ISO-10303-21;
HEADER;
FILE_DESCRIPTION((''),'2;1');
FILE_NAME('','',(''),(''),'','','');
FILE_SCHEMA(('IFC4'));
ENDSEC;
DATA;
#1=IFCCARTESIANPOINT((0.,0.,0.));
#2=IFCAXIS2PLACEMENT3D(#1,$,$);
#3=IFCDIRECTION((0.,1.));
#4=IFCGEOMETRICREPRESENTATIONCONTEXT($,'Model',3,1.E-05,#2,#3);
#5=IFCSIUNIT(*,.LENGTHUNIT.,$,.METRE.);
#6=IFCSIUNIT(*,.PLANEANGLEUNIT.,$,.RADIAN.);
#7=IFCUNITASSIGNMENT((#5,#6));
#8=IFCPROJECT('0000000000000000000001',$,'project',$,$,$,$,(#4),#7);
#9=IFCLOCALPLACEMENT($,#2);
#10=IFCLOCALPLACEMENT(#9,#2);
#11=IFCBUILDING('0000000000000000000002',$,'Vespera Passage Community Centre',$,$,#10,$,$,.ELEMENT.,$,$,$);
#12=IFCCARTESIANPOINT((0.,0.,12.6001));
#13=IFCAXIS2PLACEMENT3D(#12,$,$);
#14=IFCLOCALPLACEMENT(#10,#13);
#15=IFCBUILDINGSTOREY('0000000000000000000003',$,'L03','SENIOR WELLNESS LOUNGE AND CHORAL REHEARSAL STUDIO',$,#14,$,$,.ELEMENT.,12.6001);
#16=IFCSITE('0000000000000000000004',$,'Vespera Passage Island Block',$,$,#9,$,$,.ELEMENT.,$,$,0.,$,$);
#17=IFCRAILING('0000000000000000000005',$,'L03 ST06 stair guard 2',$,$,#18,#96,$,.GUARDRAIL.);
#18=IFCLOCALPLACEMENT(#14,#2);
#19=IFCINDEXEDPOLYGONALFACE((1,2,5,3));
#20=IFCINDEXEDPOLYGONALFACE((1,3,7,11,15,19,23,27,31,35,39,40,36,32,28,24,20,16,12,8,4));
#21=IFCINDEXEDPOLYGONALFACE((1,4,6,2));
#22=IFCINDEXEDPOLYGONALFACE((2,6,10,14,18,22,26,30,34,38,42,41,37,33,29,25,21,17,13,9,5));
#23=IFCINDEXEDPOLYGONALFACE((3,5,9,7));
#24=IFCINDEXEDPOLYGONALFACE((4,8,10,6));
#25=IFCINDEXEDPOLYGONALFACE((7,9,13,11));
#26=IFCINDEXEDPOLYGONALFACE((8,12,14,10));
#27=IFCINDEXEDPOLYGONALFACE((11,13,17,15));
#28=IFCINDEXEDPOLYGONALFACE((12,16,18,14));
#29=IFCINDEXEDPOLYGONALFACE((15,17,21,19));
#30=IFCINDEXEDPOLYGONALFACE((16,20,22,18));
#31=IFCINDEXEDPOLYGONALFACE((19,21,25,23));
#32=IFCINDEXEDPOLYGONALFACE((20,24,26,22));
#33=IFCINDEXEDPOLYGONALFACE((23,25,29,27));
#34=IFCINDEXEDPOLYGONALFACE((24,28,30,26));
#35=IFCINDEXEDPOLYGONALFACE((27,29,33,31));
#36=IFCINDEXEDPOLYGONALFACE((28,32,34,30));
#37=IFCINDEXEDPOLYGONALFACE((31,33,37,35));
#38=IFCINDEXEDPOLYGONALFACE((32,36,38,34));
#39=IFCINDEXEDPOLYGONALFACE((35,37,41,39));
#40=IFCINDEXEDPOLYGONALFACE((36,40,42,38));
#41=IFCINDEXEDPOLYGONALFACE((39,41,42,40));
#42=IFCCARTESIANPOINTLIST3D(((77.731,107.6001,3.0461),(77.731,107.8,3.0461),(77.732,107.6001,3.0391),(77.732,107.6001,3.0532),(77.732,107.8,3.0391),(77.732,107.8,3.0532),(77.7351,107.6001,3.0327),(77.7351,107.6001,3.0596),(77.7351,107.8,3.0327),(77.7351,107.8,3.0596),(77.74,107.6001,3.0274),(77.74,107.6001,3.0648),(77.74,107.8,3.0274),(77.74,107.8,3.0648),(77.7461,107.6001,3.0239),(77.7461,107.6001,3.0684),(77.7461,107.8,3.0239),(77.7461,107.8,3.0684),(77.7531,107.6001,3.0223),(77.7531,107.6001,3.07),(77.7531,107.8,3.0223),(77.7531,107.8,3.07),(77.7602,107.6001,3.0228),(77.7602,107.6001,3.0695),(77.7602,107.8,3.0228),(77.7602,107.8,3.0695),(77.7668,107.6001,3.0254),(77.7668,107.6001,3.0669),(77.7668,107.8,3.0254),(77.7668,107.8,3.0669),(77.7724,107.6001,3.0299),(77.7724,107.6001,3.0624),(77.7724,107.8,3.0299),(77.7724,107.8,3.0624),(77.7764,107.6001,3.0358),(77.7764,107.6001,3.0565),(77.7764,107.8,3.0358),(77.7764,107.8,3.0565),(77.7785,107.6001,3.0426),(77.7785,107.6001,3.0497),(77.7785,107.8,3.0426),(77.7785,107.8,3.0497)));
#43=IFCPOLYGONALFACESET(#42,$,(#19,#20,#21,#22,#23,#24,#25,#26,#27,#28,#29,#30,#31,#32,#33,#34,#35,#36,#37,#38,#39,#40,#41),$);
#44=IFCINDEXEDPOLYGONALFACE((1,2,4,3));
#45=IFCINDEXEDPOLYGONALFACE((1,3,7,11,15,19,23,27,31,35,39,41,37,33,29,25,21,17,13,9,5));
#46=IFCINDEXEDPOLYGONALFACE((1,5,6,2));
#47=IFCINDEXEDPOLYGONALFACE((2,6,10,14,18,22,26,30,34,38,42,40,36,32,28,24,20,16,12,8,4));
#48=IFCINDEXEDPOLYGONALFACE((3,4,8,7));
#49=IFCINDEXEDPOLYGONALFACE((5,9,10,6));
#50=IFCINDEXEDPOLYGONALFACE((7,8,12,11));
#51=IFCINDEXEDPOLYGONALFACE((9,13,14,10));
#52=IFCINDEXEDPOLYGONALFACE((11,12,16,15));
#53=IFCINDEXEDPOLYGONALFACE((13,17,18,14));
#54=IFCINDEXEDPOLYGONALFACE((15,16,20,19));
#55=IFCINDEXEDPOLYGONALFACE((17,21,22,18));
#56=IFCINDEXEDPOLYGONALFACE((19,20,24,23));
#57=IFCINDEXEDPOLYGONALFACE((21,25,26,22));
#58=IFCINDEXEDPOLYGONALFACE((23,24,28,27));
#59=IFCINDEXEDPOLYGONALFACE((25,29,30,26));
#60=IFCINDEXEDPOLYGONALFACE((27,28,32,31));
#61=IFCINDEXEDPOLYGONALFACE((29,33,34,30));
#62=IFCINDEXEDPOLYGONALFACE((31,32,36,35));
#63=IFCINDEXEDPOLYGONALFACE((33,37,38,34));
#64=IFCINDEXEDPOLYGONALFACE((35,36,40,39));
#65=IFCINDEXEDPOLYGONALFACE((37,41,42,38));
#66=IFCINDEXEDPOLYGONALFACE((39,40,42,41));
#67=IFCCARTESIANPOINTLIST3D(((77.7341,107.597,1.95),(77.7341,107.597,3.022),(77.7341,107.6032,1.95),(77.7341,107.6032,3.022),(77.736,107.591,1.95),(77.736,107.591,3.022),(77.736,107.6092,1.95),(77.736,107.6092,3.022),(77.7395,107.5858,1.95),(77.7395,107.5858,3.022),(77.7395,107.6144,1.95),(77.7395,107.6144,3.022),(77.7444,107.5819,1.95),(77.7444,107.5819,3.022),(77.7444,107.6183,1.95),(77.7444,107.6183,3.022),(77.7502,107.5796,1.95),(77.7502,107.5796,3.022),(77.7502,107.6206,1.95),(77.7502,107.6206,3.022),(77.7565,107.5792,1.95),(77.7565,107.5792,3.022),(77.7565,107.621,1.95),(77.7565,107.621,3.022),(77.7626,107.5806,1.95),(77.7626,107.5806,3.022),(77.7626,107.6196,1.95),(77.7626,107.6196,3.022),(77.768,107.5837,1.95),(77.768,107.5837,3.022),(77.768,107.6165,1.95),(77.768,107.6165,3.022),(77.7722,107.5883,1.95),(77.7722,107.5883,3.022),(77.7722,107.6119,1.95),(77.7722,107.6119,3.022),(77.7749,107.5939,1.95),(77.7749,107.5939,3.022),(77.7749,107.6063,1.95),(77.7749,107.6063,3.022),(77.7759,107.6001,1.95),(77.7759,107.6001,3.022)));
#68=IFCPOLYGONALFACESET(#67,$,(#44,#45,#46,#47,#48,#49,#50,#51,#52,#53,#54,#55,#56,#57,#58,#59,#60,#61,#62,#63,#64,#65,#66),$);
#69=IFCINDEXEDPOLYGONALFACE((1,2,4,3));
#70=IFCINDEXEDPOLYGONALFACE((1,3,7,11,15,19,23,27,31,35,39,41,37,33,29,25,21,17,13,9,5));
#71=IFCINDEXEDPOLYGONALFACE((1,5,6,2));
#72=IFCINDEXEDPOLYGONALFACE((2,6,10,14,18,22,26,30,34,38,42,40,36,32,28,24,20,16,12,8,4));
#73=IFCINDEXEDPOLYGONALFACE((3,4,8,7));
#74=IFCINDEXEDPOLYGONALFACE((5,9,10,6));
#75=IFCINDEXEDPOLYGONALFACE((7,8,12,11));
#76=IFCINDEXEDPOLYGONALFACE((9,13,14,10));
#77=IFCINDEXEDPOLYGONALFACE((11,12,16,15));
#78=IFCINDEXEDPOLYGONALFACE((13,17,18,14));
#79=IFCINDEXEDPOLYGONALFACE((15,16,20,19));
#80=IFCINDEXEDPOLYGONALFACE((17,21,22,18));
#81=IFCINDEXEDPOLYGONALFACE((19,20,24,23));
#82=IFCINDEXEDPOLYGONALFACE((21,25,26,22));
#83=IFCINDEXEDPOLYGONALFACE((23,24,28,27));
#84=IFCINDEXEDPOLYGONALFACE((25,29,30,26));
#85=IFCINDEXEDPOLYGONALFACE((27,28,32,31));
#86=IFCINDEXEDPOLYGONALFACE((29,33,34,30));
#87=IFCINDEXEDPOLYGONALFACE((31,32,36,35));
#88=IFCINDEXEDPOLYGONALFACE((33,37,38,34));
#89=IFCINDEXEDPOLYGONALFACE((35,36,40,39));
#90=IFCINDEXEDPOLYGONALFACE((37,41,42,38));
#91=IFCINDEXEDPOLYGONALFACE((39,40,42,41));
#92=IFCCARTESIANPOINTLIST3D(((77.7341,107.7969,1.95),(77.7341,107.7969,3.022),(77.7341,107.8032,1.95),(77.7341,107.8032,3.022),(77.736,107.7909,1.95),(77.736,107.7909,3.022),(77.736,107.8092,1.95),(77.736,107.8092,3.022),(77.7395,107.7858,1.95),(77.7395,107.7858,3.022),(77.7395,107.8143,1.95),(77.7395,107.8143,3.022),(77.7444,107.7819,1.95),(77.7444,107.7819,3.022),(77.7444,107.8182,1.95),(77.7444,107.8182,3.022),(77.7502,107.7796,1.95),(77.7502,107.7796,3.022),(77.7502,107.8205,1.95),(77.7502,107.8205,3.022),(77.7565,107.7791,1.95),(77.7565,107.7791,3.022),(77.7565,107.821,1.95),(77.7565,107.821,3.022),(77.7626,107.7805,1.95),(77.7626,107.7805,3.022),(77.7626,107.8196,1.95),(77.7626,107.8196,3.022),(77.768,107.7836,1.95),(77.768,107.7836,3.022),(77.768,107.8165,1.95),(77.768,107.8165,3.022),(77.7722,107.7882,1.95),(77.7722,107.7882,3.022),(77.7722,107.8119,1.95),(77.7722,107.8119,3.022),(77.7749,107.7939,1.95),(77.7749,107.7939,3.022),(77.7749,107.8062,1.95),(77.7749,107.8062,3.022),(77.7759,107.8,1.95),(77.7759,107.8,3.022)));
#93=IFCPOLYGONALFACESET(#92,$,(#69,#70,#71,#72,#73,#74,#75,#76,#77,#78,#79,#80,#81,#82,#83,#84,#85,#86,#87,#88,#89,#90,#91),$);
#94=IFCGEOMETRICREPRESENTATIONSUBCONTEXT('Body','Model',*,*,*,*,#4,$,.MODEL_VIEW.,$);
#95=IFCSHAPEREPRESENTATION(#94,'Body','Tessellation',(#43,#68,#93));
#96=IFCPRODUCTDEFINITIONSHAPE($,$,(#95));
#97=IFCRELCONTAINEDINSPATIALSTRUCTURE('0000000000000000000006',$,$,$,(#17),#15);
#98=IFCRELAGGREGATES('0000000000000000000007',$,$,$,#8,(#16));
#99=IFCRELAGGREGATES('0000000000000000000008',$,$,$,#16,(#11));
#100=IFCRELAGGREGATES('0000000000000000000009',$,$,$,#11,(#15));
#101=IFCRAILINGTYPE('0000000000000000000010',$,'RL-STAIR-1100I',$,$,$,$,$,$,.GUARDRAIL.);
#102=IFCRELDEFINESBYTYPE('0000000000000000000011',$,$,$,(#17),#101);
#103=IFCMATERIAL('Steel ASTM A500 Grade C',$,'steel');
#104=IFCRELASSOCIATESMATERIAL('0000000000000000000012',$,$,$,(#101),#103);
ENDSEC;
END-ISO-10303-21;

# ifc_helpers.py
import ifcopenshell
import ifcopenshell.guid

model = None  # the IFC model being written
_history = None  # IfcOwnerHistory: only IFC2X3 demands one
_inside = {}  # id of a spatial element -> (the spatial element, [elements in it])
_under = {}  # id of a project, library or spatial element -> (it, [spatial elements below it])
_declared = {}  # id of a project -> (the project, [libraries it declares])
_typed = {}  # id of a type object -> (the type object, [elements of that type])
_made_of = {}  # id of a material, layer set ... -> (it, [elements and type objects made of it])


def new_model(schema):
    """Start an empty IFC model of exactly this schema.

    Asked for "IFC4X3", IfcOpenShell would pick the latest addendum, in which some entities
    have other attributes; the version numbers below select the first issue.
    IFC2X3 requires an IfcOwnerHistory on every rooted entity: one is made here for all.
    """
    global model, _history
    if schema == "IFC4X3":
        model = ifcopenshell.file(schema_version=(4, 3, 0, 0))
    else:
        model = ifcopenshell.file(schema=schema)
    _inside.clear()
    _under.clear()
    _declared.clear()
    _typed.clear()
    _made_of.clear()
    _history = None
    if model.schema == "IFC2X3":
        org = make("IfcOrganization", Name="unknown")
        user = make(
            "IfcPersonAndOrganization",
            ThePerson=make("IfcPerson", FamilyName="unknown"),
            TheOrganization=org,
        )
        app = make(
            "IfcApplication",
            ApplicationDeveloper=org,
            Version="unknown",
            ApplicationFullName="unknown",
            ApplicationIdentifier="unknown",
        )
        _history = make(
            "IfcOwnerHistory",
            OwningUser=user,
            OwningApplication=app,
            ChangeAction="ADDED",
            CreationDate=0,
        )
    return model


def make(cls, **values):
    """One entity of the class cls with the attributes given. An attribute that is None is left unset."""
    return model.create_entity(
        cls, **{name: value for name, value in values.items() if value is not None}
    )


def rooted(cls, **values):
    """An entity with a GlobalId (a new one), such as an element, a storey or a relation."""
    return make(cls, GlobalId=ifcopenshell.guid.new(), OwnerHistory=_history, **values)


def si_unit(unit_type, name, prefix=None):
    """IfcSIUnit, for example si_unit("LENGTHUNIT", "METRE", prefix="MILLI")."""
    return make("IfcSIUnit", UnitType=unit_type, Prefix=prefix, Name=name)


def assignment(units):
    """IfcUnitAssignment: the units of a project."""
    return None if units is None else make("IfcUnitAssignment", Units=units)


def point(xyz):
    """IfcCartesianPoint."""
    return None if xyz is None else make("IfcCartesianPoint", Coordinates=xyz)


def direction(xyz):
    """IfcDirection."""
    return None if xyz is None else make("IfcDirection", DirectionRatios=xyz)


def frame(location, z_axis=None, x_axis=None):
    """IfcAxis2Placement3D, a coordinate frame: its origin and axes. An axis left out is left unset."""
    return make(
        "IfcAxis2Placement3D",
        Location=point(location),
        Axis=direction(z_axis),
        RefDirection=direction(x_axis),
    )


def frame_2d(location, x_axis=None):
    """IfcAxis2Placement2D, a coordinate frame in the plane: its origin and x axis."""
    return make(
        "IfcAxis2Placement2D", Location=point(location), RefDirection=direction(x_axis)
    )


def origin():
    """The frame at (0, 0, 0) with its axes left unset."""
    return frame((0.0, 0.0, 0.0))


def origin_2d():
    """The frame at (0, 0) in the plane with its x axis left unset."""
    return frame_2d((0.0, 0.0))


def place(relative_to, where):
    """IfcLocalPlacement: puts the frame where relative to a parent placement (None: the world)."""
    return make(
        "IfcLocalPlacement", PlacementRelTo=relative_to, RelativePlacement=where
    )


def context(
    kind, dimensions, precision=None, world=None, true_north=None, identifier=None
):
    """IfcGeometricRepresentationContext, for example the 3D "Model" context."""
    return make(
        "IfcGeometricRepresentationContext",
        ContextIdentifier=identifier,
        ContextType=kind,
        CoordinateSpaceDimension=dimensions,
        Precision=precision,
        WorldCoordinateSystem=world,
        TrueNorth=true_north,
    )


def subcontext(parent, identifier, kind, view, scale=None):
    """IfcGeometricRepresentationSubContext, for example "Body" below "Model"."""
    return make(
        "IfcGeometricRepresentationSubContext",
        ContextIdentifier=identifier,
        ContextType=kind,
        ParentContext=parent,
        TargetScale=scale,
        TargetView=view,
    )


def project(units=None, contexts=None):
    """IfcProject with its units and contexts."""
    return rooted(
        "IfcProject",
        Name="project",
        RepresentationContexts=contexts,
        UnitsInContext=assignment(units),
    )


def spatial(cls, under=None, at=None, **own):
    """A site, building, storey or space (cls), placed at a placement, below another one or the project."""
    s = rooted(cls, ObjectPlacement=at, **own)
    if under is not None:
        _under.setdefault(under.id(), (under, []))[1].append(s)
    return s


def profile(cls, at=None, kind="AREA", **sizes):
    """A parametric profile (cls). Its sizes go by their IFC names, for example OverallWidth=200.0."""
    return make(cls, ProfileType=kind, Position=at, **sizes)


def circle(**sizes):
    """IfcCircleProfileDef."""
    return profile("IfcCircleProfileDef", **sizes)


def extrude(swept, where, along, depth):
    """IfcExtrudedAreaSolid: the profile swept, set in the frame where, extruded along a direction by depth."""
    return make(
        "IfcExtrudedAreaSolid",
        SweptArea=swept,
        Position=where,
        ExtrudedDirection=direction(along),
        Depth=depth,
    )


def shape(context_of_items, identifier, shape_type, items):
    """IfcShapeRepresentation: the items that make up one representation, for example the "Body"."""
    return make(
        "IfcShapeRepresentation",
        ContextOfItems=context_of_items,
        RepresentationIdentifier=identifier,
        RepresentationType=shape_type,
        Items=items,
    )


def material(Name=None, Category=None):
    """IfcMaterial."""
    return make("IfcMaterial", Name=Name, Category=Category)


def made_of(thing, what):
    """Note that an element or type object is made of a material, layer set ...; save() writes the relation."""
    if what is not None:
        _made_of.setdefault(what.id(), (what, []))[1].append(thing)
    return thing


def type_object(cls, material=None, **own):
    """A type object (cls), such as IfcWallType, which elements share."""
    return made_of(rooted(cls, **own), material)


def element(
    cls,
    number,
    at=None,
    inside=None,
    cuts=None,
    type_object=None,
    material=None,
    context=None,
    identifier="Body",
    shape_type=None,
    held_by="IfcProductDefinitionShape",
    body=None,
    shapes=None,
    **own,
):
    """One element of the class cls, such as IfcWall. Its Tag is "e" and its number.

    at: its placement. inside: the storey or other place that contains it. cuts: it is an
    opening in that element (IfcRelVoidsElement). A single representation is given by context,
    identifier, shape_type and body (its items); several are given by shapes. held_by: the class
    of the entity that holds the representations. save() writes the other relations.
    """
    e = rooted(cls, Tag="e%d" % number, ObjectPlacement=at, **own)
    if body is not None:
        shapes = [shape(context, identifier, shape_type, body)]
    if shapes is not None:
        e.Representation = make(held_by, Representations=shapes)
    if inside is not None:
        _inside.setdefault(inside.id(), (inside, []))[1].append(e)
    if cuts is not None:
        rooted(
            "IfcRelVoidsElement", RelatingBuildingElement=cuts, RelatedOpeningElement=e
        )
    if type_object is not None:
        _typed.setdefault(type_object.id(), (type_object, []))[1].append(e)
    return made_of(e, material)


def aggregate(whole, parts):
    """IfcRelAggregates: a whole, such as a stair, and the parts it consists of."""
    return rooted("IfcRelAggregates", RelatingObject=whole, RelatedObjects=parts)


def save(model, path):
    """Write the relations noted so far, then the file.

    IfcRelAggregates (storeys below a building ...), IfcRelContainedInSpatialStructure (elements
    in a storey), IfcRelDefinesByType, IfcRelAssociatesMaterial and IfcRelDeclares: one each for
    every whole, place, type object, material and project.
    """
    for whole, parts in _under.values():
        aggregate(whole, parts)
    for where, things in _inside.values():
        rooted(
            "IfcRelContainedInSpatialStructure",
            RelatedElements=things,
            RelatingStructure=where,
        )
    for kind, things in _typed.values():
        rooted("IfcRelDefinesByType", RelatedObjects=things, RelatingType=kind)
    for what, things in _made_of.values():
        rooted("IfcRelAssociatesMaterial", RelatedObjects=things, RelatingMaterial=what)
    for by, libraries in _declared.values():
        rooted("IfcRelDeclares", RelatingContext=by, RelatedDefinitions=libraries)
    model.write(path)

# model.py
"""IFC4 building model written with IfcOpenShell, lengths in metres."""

from ifc_helpers import new_model, si_unit, direction, frame, origin, origin_2d, place, context, subcontext, project, spatial, circle, extrude, material, type_object, element, save


model = new_model("IFC4")

# Units and contexts
model_context = context("Model", 3, precision=1e-05, world=origin(), true_north=direction((0.0, 1.0)))
body_context = subcontext(model_context, "Body", "Model", "MODEL_VIEW")
ifc_project = project(units=[si_unit("LENGTHUNIT", "METRE"), si_unit("PLANEANGLEUNIT", "RADIAN")], contexts=[model_context])

# Site, building, storey
site_placement = place(None, origin())
site = spatial("IfcSite", under=ifc_project, at=site_placement, Name="Vespera Passage Island Block", CompositionType="ELEMENT", RefElevation=0.0)
building_placement = place(site_placement, origin())
building = spatial("IfcBuilding", under=site, at=building_placement, Name="Vespera Passage Community Centre", CompositionType="ELEMENT")
storey_placement = place(building_placement, frame((0.0, 0.0, 12.6001)))
storey = spatial("IfcBuildingStorey", under=building, at=storey_placement, Name="L03", Description="SENIOR WELLNESS LOUNGE AND CHORAL REHEARSAL STUDIO", CompositionType="ELEMENT", Elevation=12.6001)

# Railing
ifc_material_1 = material(Name="Steel ASTM A500 Grade C", Category="steel")
railing_type_1 = type_object("IfcRailingType", Name="RL-STAIR-1100I", PredefinedType="GUARDRAIL", material=ifc_material_1)
railing_1_placement = place(storey_placement, frame((77.7549, 107.6001, 1.95)))
element("IfcRailing", 1, at=railing_1_placement, inside=storey, type_object=railing_type_1, Name="L03 ST06 stair guard 2", PredefinedType="GUARDRAIL", context=body_context, shape_type="SweptSolid", body=[
    extrude(circle(Radius=0.0239, at=origin_2d()), frame((0.0, 0.0, 1.0962), z_axis=(0.0, 1.0, 0.0), x_axis=(-1.0, 0.0, 0.0)), (0.0, 0.0, 1.0), 0.2),
    extrude(circle(Radius=0.021, at=origin_2d()), origin(), (0.0, 0.0, 1.0), 1.072),
    extrude(circle(Radius=0.021, at=origin_2d()), frame((0.0, 0.2, 0.0)), (0.0, 0.0, 1.0), 1.072),
])

save(model, "model.ifc")
